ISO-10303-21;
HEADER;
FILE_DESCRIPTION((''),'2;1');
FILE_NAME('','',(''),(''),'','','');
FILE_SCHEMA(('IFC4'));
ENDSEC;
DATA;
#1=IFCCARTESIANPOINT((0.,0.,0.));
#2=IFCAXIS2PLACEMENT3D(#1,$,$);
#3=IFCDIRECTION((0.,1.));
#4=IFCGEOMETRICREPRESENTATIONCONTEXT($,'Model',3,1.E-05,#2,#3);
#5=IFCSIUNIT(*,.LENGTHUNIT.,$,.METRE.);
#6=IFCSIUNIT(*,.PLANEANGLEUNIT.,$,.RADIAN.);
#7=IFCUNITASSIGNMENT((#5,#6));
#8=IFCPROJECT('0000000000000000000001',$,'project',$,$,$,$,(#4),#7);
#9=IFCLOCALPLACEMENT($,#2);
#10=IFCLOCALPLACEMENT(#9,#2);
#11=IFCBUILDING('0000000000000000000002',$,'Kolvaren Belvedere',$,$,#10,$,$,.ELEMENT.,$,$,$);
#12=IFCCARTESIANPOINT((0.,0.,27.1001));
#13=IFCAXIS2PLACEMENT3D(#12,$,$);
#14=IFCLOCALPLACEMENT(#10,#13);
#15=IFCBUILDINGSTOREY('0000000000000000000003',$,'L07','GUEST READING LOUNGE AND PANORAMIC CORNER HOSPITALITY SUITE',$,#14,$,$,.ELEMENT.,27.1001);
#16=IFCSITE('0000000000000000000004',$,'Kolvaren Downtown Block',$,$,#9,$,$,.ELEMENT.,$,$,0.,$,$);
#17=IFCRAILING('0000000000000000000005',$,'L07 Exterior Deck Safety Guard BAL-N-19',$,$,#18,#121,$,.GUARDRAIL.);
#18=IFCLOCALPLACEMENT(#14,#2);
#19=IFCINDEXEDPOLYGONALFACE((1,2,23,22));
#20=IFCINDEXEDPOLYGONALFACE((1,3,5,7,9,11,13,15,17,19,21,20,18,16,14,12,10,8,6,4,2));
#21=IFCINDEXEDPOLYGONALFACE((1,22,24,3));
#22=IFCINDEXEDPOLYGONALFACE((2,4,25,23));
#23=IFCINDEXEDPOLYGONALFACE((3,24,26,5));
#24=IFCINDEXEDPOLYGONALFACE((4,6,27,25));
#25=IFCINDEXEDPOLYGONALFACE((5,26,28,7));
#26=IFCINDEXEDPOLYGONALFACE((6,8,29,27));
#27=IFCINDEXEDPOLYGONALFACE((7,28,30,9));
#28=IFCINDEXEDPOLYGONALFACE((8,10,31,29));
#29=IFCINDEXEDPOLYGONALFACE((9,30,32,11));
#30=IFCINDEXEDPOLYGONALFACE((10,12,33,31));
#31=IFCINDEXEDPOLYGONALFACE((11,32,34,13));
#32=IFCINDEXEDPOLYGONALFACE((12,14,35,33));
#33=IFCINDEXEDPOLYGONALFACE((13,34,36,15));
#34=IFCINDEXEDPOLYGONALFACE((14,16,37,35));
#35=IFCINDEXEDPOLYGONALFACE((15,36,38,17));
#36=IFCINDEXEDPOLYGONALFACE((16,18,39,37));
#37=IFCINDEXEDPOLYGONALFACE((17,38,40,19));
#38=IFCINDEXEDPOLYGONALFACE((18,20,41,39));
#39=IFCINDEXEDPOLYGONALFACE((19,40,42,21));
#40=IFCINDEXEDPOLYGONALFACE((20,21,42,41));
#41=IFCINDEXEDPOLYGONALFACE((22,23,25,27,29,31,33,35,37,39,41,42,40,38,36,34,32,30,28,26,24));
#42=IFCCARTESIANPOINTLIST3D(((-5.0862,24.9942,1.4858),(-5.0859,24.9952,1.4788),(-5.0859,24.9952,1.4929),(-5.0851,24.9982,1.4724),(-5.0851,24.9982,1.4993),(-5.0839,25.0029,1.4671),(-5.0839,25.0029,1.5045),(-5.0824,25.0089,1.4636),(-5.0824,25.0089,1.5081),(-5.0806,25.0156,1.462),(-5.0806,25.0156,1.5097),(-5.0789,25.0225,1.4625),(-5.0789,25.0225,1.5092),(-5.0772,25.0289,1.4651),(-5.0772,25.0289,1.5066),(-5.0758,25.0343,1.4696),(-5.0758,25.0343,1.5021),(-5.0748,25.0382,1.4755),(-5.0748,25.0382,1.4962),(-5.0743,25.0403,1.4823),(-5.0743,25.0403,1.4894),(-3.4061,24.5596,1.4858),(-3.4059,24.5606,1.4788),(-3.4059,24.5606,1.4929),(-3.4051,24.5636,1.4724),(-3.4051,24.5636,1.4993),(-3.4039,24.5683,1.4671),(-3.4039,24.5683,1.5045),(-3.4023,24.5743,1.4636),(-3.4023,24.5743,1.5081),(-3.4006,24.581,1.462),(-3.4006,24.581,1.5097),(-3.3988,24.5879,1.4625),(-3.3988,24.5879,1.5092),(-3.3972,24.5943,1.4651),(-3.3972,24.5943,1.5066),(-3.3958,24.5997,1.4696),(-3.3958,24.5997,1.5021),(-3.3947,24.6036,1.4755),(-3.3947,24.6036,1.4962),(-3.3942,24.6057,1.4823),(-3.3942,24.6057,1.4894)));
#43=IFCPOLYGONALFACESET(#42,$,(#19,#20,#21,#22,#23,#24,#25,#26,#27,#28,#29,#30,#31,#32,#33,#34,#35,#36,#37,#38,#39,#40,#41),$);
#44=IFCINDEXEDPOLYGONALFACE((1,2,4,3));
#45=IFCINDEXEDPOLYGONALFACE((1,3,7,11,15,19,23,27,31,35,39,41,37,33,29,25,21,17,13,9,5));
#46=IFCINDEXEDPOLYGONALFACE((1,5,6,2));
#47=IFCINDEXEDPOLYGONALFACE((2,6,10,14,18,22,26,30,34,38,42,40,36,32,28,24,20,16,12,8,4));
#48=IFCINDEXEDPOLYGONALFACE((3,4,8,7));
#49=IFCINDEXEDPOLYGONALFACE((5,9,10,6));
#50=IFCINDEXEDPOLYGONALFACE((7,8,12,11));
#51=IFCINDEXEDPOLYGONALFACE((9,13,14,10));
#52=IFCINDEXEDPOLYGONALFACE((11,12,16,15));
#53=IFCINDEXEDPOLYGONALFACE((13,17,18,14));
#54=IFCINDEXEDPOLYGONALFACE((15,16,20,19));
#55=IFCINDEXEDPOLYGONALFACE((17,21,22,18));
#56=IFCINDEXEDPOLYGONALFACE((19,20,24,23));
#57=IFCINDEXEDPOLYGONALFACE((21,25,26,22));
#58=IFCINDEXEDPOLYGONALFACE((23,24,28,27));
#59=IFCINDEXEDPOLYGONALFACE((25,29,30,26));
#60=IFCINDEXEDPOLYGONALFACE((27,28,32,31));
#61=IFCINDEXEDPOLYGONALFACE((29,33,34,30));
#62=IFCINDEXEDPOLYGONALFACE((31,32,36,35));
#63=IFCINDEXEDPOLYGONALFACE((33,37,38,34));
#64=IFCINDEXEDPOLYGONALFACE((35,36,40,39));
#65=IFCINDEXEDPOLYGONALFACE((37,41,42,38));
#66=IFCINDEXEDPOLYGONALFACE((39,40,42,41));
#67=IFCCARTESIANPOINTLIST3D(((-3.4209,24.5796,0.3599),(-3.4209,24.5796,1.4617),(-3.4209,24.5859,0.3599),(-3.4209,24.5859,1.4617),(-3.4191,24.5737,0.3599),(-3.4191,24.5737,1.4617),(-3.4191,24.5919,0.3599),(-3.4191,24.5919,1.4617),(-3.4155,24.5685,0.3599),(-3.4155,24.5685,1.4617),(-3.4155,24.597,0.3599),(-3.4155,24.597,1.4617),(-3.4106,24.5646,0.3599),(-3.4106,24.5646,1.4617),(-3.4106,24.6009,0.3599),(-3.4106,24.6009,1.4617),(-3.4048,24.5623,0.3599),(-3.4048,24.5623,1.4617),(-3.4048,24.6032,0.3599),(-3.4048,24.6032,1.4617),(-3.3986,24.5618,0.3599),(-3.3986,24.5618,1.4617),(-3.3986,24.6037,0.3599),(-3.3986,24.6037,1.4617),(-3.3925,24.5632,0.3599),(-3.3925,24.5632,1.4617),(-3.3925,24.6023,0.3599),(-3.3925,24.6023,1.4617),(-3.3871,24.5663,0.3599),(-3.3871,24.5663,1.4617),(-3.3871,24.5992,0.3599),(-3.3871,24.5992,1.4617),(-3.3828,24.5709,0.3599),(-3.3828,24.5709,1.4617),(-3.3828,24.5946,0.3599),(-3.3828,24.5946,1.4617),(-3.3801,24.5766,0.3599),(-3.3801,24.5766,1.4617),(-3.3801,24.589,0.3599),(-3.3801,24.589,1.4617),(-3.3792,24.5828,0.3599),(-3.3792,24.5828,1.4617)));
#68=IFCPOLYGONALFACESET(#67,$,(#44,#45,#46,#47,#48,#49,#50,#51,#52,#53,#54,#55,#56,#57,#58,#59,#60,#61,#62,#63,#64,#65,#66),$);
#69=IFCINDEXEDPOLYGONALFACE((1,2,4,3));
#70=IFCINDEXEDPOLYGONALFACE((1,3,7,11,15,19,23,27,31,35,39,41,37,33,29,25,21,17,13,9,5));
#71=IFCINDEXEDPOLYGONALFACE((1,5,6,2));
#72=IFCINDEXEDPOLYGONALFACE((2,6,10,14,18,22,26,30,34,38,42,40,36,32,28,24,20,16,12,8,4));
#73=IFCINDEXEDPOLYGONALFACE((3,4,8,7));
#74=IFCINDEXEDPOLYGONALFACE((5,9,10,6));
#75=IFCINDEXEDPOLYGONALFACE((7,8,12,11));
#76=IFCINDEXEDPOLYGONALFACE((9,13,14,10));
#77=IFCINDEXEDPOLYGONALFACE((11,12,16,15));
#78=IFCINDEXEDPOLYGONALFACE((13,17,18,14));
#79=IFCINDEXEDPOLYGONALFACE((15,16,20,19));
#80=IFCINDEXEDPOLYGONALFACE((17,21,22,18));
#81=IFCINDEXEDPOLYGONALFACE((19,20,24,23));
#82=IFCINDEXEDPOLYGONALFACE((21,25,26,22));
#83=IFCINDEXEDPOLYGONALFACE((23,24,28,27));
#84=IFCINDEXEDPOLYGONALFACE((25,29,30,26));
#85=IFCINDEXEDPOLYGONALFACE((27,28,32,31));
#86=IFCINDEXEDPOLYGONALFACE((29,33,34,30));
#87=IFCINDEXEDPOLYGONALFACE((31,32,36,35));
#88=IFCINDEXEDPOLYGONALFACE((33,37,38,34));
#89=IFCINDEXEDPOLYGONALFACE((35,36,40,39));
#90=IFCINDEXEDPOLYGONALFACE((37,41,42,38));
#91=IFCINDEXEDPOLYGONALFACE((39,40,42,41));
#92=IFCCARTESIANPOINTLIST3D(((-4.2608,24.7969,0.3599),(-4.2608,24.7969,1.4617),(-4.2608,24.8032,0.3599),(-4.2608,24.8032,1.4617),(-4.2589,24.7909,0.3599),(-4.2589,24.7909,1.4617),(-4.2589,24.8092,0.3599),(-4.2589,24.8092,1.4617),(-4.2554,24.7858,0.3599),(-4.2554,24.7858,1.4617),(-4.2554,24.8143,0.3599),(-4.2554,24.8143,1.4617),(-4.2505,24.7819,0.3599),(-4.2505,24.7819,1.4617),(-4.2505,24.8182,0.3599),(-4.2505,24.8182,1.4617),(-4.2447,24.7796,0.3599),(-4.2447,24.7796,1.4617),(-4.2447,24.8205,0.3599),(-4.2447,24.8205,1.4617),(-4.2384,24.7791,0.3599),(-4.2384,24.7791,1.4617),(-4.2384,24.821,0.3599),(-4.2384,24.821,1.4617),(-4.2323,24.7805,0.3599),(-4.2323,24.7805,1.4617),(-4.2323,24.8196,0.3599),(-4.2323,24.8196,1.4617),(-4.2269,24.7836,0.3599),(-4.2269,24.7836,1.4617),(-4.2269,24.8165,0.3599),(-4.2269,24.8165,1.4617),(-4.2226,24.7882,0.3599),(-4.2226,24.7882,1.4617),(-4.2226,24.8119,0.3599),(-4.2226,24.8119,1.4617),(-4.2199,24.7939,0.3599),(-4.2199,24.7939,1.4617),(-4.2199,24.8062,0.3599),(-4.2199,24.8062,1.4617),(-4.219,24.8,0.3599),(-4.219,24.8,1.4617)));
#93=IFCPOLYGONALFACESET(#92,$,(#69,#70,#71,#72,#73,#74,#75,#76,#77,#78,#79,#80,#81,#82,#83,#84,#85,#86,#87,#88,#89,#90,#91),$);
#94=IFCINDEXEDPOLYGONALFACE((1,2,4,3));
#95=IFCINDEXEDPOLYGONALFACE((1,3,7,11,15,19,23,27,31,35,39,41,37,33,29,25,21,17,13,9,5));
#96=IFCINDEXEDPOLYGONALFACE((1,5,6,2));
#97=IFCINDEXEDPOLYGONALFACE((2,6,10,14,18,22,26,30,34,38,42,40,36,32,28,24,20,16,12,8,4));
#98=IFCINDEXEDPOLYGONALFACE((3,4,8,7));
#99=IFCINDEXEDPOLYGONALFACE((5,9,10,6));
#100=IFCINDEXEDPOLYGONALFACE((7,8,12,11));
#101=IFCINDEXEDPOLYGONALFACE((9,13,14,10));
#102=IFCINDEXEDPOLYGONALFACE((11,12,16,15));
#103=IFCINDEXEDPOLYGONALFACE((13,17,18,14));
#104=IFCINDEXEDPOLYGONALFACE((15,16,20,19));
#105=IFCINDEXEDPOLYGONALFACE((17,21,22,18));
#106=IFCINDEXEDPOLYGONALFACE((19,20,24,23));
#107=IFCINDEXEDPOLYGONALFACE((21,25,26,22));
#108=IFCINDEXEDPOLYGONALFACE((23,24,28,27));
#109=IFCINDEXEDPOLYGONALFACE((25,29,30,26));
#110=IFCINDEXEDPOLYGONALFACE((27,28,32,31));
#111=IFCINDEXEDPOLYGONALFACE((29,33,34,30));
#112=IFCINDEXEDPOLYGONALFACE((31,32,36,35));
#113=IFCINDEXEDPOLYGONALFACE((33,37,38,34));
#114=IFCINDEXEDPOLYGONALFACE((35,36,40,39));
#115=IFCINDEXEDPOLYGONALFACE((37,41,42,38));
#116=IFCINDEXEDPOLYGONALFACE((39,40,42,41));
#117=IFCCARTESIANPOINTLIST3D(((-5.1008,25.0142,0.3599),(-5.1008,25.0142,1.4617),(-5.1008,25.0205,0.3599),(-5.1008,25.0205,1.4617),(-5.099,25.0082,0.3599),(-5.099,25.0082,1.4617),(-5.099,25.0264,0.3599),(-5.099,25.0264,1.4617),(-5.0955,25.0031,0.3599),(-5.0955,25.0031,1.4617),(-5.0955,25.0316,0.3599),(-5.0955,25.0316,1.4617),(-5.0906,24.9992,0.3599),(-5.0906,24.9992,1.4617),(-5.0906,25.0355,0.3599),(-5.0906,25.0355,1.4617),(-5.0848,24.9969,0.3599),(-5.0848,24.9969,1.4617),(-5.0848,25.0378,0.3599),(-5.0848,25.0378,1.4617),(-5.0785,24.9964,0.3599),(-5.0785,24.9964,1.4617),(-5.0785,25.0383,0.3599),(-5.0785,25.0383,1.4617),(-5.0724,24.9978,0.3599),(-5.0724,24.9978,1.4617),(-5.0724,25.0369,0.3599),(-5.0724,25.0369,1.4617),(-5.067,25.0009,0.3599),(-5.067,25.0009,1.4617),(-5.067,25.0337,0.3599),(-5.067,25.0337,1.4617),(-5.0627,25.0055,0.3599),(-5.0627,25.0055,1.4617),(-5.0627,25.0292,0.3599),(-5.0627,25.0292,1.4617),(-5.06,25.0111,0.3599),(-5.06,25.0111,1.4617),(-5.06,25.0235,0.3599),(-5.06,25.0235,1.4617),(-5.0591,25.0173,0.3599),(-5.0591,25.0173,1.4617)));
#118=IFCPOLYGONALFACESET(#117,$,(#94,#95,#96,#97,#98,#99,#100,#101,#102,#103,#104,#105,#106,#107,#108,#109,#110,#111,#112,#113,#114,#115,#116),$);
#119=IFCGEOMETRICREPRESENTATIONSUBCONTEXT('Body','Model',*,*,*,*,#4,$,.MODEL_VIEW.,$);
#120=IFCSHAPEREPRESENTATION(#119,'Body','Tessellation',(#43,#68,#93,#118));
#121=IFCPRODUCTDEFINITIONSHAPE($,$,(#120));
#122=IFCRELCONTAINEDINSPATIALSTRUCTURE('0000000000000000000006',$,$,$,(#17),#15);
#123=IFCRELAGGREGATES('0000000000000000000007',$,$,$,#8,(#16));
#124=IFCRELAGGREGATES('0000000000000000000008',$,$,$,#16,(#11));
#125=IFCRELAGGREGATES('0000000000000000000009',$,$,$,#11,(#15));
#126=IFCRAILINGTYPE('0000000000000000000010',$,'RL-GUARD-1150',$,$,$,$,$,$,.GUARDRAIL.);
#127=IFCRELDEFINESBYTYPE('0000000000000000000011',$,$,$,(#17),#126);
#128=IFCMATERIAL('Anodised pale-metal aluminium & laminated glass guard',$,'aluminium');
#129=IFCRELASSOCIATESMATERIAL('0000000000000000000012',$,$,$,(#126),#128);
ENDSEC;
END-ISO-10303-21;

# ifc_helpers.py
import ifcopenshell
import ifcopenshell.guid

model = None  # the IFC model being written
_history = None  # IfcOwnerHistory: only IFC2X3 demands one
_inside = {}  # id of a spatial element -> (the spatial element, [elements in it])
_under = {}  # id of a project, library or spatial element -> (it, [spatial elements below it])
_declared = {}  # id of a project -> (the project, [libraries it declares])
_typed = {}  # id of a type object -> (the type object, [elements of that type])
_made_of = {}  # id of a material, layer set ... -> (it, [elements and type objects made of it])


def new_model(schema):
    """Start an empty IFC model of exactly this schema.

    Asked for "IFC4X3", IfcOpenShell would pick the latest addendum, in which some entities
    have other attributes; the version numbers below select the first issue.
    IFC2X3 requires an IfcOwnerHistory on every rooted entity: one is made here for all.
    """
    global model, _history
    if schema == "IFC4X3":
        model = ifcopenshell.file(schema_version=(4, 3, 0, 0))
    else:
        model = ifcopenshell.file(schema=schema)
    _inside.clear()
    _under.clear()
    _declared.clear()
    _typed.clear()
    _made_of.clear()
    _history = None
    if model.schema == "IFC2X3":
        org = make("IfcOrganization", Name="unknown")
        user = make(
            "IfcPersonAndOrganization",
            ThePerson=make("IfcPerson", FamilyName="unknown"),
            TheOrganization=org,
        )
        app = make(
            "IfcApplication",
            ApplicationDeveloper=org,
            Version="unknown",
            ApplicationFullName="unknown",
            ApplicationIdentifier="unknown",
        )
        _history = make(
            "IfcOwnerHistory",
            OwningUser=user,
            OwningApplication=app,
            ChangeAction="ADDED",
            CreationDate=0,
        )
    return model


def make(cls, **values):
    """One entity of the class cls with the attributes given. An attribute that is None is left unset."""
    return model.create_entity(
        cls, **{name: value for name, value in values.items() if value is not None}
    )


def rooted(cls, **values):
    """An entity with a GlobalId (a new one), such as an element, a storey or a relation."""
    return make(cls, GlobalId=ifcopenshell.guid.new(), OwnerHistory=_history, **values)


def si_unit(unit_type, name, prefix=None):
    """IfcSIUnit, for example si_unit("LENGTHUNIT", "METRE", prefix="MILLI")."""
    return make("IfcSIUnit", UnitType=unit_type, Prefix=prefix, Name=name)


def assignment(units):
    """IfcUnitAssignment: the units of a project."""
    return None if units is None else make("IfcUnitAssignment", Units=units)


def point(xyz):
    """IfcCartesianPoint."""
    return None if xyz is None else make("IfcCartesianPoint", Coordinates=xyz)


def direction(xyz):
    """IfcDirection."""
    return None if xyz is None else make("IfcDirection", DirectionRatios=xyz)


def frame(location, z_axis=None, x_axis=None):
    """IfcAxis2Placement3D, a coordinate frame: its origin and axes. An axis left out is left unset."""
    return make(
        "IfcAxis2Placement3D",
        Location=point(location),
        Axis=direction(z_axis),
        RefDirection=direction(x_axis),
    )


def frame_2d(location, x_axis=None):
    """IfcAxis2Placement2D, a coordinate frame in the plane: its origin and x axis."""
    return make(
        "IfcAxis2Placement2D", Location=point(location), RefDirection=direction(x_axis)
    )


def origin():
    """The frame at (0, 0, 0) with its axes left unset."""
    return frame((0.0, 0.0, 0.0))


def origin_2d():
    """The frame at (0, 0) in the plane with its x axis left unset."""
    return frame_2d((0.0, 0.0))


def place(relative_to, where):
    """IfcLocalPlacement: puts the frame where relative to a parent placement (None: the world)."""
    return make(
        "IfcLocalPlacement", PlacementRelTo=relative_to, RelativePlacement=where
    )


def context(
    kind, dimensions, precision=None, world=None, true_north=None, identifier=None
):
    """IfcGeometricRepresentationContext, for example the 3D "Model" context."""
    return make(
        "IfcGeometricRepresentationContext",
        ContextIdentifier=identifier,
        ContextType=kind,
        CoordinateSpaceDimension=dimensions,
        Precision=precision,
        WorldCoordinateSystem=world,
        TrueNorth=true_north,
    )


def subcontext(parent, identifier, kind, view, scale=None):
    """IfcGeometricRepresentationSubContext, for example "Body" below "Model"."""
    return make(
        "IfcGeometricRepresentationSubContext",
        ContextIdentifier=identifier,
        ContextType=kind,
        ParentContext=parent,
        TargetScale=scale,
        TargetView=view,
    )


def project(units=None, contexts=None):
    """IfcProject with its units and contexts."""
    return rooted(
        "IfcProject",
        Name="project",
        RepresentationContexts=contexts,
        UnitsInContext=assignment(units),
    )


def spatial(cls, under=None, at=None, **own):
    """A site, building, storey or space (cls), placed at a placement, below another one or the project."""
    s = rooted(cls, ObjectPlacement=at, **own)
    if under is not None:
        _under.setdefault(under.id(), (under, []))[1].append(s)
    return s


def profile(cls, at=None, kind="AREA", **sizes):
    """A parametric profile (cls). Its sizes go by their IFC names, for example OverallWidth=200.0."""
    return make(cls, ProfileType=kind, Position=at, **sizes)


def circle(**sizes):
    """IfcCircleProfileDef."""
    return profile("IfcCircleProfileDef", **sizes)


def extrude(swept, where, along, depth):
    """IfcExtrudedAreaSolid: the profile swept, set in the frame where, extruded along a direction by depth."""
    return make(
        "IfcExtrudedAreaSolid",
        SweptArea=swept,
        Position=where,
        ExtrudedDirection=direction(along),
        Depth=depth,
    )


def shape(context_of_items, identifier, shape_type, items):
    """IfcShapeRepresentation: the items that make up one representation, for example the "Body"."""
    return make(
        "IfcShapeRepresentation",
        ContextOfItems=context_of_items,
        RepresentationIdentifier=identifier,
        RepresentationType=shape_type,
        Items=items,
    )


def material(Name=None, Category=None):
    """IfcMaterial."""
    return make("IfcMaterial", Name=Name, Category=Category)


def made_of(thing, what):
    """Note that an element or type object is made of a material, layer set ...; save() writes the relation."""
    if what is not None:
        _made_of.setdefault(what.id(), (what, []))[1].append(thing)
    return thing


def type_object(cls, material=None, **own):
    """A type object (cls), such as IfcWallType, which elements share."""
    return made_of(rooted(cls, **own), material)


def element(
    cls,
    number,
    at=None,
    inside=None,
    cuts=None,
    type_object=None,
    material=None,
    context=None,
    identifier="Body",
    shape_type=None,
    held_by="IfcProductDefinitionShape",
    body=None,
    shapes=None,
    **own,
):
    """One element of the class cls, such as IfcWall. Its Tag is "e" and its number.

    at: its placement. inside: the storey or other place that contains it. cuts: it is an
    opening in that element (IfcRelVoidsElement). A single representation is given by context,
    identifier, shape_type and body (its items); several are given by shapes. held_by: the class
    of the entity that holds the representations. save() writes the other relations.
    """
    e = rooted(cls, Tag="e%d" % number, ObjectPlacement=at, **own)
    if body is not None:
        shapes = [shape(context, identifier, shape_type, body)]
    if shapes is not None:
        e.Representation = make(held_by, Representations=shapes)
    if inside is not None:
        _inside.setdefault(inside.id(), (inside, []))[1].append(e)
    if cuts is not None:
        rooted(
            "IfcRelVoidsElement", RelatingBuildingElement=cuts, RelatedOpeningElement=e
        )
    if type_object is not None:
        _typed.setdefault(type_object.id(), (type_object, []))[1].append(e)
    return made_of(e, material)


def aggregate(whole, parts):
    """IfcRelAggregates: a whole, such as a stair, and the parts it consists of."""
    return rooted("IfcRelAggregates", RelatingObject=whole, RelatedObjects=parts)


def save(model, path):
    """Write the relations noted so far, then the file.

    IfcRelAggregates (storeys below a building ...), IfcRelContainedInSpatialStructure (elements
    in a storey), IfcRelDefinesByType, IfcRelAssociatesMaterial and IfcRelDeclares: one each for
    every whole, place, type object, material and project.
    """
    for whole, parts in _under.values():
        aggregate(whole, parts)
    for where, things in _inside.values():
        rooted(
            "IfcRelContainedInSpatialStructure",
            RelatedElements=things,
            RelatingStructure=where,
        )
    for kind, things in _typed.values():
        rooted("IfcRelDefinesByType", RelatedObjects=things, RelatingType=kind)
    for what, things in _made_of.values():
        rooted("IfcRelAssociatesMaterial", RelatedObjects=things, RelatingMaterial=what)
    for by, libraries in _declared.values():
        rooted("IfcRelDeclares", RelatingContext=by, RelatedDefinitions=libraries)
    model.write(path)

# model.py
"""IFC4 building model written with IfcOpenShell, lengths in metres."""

from ifc_helpers import new_model, si_unit, direction, frame, origin, origin_2d, place, context, subcontext, project, spatial, circle, extrude, material, type_object, element, save


model = new_model("IFC4")

# Units and contexts
model_context = context("Model", 3, precision=1e-05, world=origin(), true_north=direction((0.0, 1.0)))
body_context = subcontext(model_context, "Body", "Model", "MODEL_VIEW")
ifc_project = project(units=[si_unit("LENGTHUNIT", "METRE"), si_unit("PLANEANGLEUNIT", "RADIAN")], contexts=[model_context])

# Site, building, storey
site_placement = place(None, origin())
site = spatial("IfcSite", under=ifc_project, at=site_placement, Name="Kolvaren Downtown Block", CompositionType="ELEMENT", RefElevation=0.0)
building_placement = place(site_placement, origin())
building = spatial("IfcBuilding", under=site, at=building_placement, Name="Kolvaren Belvedere", CompositionType="ELEMENT")
storey_placement = place(building_placement, frame((0.0, 0.0, 27.1001)))
storey = spatial("IfcBuildingStorey", under=building, at=storey_placement, Name="L07", Description="GUEST READING LOUNGE AND PANORAMIC CORNER HOSPITALITY SUITE", CompositionType="ELEMENT", Elevation=27.1001)

# Railing
ifc_material_1 = material(Name="Anodised pale-metal aluminium & laminated glass guard", Category="aluminium")
railing_type = type_object("IfcRailingType", Name="RL-GUARD-1150", PredefinedType="GUARDRAIL", material=ifc_material_1)
railing_1_placement = place(storey_placement, frame((-3.4001, 24.5828, 0.3599)))
element("IfcRailing", 1, at=railing_1_placement, inside=storey, type_object=railing_type, Name="L07 Exterior Deck Safety Guard BAL-N-19", PredefinedType="GUARDRAIL", context=body_context, shape_type="SweptSolid", body=[
    extrude(circle(Radius=0.0239, at=origin_2d()), frame((0.0, 0.0, 1.126), z_axis=(-0.968132, 0.25044, 0.0), x_axis=(-0.25044, -0.968132, 0.0)), (0.0, 0.0, 1.0), 1.7354),
    extrude(circle(Radius=0.021, at=origin_2d()), origin(), (0.0, 0.0, 1.0), 1.1018),
    extrude(circle(Radius=0.021, at=origin_2d()), frame((-0.8398, 0.2173, 0.0)), (0.0, 0.0, 1.0), 1.1018),
    extrude(circle(Radius=0.021, at=origin_2d()), frame((-1.6799, 0.4346, 0.0)), (0.0, 0.0, 1.0), 1.1018),
])

save(model, "model.ifc")
